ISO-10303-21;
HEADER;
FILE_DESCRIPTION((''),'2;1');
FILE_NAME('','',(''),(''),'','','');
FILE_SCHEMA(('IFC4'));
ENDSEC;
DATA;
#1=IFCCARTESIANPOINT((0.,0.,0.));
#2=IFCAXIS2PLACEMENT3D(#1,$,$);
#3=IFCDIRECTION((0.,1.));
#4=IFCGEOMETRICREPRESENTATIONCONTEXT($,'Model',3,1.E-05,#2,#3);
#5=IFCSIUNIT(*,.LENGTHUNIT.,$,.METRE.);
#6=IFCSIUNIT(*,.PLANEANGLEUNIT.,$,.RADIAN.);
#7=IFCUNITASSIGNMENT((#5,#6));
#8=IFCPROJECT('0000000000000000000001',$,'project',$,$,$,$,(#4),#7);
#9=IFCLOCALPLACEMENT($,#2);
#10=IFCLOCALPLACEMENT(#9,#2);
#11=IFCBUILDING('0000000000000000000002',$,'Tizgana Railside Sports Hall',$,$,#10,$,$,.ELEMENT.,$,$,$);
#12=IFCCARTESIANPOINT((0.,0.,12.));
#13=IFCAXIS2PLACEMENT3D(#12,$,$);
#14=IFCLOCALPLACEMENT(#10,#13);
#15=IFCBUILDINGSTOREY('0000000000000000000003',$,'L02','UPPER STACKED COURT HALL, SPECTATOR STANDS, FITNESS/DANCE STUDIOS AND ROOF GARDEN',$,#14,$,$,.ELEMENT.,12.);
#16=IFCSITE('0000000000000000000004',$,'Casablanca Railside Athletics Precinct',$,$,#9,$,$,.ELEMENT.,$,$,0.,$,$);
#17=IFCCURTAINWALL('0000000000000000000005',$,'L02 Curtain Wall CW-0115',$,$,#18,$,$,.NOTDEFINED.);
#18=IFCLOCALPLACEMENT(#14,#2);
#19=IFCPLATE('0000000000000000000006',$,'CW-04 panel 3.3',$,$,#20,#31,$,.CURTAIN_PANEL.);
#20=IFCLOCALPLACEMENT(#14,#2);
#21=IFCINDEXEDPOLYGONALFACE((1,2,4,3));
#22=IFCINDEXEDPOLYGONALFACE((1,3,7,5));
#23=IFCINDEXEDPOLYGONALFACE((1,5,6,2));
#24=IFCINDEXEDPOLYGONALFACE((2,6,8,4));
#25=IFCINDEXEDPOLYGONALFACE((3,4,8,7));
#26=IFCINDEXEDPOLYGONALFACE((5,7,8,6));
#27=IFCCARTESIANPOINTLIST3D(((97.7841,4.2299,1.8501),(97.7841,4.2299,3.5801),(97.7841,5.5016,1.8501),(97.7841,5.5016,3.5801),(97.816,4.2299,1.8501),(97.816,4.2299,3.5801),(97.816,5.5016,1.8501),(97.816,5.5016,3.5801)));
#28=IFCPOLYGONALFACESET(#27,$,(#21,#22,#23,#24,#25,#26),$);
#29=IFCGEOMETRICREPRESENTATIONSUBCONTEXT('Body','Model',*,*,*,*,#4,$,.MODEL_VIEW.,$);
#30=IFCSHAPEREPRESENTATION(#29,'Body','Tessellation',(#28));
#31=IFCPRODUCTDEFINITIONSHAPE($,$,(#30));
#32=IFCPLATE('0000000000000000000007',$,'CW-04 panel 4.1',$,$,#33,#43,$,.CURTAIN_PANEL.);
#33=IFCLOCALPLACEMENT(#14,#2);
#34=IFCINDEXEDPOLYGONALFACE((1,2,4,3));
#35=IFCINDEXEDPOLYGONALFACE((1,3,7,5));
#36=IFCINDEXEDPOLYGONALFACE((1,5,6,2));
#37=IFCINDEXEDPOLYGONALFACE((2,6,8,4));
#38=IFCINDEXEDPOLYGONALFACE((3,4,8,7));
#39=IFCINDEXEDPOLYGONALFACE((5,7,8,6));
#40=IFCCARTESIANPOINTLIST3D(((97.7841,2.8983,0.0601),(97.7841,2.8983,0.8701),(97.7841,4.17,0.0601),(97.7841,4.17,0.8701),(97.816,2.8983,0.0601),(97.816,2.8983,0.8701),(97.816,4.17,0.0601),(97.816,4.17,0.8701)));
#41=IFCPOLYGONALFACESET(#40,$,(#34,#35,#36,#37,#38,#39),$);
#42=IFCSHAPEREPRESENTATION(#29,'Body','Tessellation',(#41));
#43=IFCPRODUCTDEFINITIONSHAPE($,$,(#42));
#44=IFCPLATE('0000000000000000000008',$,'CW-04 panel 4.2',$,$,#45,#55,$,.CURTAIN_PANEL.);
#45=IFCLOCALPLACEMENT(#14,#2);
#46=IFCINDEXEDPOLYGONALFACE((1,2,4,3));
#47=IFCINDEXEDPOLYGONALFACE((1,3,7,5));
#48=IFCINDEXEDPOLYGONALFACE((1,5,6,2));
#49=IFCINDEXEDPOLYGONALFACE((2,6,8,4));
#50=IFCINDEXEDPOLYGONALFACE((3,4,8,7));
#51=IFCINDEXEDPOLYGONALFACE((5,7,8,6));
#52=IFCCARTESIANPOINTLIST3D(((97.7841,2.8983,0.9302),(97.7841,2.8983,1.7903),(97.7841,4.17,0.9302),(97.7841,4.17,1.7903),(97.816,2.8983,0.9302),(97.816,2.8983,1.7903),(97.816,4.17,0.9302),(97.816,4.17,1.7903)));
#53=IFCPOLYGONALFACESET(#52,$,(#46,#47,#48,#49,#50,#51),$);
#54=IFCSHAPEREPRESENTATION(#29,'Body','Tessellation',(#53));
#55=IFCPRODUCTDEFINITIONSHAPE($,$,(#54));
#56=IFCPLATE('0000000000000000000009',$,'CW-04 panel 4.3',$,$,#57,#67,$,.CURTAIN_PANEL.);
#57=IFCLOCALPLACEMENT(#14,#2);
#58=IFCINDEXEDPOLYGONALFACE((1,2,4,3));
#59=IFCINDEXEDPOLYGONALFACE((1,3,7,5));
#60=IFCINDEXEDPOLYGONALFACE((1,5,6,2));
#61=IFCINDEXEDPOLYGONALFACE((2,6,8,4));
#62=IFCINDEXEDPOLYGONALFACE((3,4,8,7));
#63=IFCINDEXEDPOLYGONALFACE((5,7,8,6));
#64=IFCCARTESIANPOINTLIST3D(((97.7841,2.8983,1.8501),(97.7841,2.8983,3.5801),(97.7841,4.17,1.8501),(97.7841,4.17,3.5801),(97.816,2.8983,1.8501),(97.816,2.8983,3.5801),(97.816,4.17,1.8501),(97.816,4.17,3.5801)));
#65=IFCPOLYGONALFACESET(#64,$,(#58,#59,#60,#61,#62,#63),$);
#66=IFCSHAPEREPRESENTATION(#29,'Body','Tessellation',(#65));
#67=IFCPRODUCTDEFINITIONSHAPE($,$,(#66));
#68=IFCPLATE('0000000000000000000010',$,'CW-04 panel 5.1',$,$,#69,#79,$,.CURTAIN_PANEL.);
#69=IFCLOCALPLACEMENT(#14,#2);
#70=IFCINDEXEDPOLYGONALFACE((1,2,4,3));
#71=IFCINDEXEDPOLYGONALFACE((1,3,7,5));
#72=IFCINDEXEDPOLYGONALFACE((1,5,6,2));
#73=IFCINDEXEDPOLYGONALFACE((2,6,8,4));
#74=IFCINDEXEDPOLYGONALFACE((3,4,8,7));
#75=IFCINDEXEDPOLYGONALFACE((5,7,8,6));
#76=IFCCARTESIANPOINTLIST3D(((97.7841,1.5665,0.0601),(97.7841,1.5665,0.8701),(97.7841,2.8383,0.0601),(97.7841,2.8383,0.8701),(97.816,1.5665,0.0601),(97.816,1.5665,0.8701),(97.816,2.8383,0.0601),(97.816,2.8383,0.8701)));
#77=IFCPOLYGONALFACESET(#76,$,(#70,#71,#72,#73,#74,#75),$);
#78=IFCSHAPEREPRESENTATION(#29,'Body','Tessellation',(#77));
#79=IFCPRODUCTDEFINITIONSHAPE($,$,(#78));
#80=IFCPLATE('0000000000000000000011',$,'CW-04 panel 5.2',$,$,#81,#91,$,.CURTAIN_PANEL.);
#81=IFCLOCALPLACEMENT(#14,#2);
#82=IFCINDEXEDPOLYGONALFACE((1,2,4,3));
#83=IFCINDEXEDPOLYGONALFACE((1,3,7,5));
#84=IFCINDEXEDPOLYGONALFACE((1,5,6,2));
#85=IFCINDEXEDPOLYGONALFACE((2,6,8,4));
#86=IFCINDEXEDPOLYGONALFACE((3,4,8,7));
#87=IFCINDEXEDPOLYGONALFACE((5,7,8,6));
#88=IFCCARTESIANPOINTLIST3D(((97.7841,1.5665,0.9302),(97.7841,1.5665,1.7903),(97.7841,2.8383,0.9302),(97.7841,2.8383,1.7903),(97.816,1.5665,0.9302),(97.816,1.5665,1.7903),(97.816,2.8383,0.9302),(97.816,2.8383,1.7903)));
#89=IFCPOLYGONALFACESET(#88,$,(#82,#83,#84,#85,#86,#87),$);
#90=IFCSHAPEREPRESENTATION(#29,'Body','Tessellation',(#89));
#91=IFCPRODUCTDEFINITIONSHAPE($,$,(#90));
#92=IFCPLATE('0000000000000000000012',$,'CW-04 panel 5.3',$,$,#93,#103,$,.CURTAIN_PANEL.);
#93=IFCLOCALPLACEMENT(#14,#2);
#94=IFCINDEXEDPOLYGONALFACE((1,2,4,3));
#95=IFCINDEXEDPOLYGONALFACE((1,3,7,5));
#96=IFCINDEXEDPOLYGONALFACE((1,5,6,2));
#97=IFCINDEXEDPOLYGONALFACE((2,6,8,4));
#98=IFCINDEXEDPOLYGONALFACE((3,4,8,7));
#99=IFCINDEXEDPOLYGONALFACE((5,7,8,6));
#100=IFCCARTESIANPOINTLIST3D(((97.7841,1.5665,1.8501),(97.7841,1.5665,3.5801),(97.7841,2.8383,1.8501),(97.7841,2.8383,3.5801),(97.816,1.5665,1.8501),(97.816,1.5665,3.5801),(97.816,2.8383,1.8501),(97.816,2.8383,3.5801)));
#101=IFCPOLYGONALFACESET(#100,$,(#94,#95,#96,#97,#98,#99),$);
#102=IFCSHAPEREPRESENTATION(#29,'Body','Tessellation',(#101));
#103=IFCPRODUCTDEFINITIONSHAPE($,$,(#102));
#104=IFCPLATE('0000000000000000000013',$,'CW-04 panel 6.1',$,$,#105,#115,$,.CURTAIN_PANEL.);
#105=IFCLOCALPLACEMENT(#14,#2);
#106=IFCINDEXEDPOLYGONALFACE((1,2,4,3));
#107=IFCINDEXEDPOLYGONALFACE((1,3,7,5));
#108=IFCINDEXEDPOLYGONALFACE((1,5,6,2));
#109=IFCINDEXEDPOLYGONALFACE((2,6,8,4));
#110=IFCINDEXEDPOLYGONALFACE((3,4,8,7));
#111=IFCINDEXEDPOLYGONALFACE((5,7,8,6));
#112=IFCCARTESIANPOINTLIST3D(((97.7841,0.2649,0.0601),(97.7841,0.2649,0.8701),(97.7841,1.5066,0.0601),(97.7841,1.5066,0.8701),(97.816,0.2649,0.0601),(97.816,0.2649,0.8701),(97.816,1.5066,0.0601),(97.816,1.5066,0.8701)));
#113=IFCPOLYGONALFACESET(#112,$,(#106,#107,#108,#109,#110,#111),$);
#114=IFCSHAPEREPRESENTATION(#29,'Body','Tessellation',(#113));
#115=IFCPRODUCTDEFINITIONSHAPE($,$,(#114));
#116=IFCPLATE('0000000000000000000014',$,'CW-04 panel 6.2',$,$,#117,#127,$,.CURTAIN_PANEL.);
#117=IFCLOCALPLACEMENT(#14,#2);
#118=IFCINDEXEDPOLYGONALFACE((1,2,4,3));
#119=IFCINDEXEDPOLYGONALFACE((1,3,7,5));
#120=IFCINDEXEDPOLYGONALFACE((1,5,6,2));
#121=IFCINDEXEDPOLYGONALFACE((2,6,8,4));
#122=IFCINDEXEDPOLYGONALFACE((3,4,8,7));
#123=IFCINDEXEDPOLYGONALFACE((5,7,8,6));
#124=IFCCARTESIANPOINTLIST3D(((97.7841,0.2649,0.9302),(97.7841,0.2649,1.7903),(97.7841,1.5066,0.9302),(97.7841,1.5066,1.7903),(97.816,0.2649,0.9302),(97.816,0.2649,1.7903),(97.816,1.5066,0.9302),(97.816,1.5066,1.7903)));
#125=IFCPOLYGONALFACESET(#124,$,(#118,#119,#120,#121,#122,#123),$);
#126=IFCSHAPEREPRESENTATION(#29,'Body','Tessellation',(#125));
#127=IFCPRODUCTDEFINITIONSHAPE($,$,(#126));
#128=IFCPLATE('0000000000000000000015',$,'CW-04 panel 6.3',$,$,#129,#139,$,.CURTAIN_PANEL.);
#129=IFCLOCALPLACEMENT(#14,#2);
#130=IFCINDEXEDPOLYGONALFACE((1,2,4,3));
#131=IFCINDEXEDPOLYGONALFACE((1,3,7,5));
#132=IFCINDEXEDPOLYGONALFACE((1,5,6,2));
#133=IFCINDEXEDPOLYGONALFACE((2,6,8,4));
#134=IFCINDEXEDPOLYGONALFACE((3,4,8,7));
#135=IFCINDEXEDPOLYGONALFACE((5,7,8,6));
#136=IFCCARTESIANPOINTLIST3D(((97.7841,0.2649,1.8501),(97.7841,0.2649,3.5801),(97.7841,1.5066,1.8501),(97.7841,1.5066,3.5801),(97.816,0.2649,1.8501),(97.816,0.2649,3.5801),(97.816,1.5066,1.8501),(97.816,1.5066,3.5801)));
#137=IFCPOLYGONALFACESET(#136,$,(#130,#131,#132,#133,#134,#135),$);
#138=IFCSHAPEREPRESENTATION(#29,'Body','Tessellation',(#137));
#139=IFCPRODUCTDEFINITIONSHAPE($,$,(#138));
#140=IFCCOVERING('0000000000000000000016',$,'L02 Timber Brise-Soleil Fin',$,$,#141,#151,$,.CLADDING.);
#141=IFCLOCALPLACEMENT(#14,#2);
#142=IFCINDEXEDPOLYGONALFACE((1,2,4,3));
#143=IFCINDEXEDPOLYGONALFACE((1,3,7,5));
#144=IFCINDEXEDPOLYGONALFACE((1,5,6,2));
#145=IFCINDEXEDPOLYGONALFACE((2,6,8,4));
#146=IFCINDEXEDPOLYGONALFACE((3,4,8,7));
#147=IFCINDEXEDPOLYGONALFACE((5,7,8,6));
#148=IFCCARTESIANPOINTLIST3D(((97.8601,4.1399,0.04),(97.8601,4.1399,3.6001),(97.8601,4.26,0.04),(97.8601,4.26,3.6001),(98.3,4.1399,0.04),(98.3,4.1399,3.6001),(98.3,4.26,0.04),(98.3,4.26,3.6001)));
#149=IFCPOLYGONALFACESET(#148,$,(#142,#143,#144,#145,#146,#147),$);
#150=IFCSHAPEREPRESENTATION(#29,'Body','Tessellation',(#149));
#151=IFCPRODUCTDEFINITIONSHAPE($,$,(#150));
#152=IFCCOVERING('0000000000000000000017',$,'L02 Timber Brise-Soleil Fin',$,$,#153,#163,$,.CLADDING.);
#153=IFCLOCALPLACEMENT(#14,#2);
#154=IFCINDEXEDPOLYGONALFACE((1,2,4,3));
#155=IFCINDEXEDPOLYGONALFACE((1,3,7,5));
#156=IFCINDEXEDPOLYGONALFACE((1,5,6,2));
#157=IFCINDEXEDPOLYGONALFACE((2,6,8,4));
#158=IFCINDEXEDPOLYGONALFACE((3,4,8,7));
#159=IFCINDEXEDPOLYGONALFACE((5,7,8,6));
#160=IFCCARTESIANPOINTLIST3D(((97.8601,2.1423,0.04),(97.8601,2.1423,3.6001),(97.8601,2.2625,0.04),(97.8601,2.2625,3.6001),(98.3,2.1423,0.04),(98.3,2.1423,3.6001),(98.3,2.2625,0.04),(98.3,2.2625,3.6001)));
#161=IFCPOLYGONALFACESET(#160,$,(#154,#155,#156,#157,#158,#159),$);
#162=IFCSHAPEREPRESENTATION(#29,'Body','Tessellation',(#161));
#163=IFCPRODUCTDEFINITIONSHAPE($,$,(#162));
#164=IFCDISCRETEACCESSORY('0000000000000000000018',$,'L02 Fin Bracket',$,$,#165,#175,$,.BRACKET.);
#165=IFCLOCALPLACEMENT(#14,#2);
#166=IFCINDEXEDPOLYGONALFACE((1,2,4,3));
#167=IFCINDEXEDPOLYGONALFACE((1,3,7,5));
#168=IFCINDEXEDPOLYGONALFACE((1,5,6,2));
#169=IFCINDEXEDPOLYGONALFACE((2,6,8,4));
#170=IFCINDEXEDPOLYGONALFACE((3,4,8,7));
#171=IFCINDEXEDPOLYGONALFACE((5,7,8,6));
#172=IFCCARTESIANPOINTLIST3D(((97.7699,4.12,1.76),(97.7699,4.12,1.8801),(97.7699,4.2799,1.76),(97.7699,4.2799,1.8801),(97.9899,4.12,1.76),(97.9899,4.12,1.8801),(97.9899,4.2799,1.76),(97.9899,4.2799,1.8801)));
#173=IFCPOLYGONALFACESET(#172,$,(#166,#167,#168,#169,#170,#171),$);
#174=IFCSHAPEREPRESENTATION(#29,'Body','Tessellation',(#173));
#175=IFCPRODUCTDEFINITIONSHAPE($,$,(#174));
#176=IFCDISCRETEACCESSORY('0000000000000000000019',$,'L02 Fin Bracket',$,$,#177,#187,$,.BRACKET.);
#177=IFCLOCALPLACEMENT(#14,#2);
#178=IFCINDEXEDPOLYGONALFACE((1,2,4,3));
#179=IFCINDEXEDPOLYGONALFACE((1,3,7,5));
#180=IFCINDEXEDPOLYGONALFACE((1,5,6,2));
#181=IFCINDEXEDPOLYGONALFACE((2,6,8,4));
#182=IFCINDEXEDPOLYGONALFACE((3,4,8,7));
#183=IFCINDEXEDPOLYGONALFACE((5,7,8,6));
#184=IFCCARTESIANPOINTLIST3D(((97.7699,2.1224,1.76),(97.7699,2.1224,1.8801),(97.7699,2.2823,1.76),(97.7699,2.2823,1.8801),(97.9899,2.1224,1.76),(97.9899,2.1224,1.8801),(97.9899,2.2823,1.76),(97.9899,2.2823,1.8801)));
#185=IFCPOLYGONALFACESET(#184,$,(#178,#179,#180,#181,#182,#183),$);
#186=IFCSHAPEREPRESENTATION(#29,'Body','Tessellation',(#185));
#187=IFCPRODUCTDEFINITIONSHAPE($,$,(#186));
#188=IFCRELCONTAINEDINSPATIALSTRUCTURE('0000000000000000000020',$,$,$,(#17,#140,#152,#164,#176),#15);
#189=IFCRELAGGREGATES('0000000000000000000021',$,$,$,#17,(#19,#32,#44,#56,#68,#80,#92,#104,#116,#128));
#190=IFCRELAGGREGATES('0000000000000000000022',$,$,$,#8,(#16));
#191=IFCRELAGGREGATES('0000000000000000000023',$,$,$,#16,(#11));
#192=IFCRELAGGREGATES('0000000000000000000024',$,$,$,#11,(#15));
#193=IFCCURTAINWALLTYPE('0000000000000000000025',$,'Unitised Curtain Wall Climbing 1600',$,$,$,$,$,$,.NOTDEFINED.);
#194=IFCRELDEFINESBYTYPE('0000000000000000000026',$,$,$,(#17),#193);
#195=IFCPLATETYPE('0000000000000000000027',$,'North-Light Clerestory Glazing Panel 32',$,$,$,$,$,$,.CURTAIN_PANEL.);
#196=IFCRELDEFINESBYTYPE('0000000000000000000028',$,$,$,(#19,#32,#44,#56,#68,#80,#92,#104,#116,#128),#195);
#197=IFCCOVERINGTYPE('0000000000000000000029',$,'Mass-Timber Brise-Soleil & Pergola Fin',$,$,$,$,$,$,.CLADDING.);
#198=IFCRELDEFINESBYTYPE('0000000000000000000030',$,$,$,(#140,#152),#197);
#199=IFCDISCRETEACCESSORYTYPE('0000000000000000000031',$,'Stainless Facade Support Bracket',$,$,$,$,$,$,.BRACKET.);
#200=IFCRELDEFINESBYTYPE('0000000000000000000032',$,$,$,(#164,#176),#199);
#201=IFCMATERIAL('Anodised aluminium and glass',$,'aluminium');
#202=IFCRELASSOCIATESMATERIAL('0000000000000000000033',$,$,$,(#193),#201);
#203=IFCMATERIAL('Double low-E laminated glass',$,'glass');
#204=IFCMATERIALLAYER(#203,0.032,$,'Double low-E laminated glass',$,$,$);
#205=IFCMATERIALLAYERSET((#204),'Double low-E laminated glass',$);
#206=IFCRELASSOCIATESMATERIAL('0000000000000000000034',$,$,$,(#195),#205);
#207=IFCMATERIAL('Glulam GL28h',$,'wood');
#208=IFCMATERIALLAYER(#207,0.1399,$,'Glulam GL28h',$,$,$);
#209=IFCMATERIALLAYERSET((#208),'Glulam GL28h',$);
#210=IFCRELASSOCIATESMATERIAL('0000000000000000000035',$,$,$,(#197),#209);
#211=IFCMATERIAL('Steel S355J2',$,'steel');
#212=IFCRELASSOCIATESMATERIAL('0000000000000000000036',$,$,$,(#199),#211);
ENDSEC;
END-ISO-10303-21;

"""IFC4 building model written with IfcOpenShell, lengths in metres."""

from ifc_helpers import new_model, si_unit, direction, frame, origin, origin_2d, place, context, subcontext, project, spatial, rectangle, extrude, material, layer, layer_set, type_object, element, aggregate, save


model = new_model("IFC4")

# Units and contexts
model_context = context("Model", 3, precision=1e-05, world=origin(), true_north=direction((0.0, 1.0)))
body_context = subcontext(model_context, "Body", "Model", "MODEL_VIEW")
ifc_project = project(units=[si_unit("LENGTHUNIT", "METRE"), si_unit("PLANEANGLEUNIT", "RADIAN")], contexts=[model_context])

# Site, building, storey
site_placement = place(None, origin())
site = spatial("IfcSite", under=ifc_project, at=site_placement, Name="Casablanca Railside Athletics Precinct", CompositionType="ELEMENT", RefElevation=0.0)
building_placement = place(site_placement, origin())
building = spatial("IfcBuilding", under=site, at=building_placement, Name="Tizgana Railside Sports Hall", CompositionType="ELEMENT")
storey_placement = place(building_placement, frame((0.0, 0.0, 12.0)))
storey = spatial("IfcBuildingStorey", under=building, at=storey_placement, Name="L02", Description="UPPER STACKED COURT HALL, SPECTATOR STANDS, FITNESS/DANCE STUDIOS AND ROOF GARDEN", CompositionType="ELEMENT", Elevation=12.0)

# Shared definitions
ifc_material_1 = material(Name="Steel S355J2", Category="steel")

# Curtain wall
ifc_material_2 = material(Name="Anodised aluminium and glass", Category="aluminium")
curtain_wall_type_1 = type_object("IfcCurtainWallType", Name="Unitised Curtain Wall Climbing 1600", PredefinedType="NOTDEFINED", material=ifc_material_2)
curtain_wall_1_placement = place(storey_placement, origin())
curtain_wall_1 = element("IfcCurtainWall", 1, at=curtain_wall_1_placement, inside=storey, type_object=curtain_wall_type_1, Name="L02 Curtain Wall CW-0115", PredefinedType="NOTDEFINED")

# Plates
ifc_material_3 = material(Name="Double low-E laminated glass", Category="glass")
ifc_layer_1 = layer(ifc_material_3, 0.032, Name="Double low-E laminated glass")
ifc_layer_set_1 = layer_set([ifc_layer_1], Name="Double low-E laminated glass")
plate_type = type_object("IfcPlateType", Name="North-Light Clerestory Glazing Panel 32", PredefinedType="CURTAIN_PANEL", material=ifc_layer_set_1)
plate_1_placement = place(storey_placement, frame((97.8, 4.8657, 1.8501), z_axis=(0.0, 0.0, 1.0), x_axis=(0.0, -1.0, 0.0)))
plate_1 = element("IfcPlate", 2, at=plate_1_placement, type_object=plate_type, Name="CW-04 panel 3.3", PredefinedType="CURTAIN_PANEL", context=body_context, shape_type="SweptSolid", body=[
    extrude(rectangle(XDim=1.2717, YDim=0.032, at=origin_2d()), origin(), (0.0, 0.0, 1.0), 1.73),
])
plate_2_placement = place(storey_placement, frame((97.8, 3.5342, 0.0601), z_axis=(0.0, 0.0, 1.0), x_axis=(0.0, -1.0, 0.0)))
plate_2 = element("IfcPlate", 3, at=plate_2_placement, type_object=plate_type, Name="CW-04 panel 4.1", PredefinedType="CURTAIN_PANEL", context=body_context, shape_type="SweptSolid", body=[
    extrude(rectangle(XDim=1.2717, YDim=0.032, at=origin_2d()), origin(), (0.0, 0.0, 1.0), 0.8101),
])
plate_3_placement = place(storey_placement, frame((97.8, 3.5342, 0.9302), z_axis=(0.0, 0.0, 1.0), x_axis=(0.0, -1.0, 0.0)))
plate_3 = element("IfcPlate", 4, at=plate_3_placement, type_object=plate_type, Name="CW-04 panel 4.2", PredefinedType="CURTAIN_PANEL", context=body_context, shape_type="SweptSolid", body=[
    extrude(rectangle(XDim=1.2717, YDim=0.032, at=origin_2d()), origin(), (0.0, 0.0, 1.0), 0.8601),
])
plate_4_placement = place(storey_placement, frame((97.8, 3.5342, 1.8501), z_axis=(0.0, 0.0, 1.0), x_axis=(0.0, -1.0, 0.0)))
plate_4 = element("IfcPlate", 5, at=plate_4_placement, type_object=plate_type, Name="CW-04 panel 4.3", PredefinedType="CURTAIN_PANEL", context=body_context, shape_type="SweptSolid", body=[
    extrude(rectangle(XDim=1.2717, YDim=0.032, at=origin_2d()), origin(), (0.0, 0.0, 1.0), 1.73),
])
plate_5_placement = place(storey_placement, frame((97.8, 2.2024, 0.0601), z_axis=(0.0, 0.0, 1.0), x_axis=(0.0, -1.0, 0.0)))
plate_5 = element("IfcPlate", 6, at=plate_5_placement, type_object=plate_type, Name="CW-04 panel 5.1", PredefinedType="CURTAIN_PANEL", context=body_context, shape_type="SweptSolid", body=[
    extrude(rectangle(XDim=1.2717, YDim=0.032, at=origin_2d()), origin(), (0.0, 0.0, 1.0), 0.8101),
])
plate_6_placement = place(storey_placement, frame((97.8, 2.2024, 0.9302), z_axis=(0.0, 0.0, 1.0), x_axis=(0.0, -1.0, 0.0)))
plate_6 = element("IfcPlate", 7, at=plate_6_placement, type_object=plate_type, Name="CW-04 panel 5.2", PredefinedType="CURTAIN_PANEL", context=body_context, shape_type="SweptSolid", body=[
    extrude(rectangle(XDim=1.2717, YDim=0.032, at=origin_2d()), origin(), (0.0, 0.0, 1.0), 0.8601),
])
plate_7_placement = place(storey_placement, frame((97.8, 2.2024, 1.8501), z_axis=(0.0, 0.0, 1.0), x_axis=(0.0, -1.0, 0.0)))
plate_7 = element("IfcPlate", 8, at=plate_7_placement, type_object=plate_type, Name="CW-04 panel 5.3", PredefinedType="CURTAIN_PANEL", context=body_context, shape_type="SweptSolid", body=[
    extrude(rectangle(XDim=1.2717, YDim=0.032, at=origin_2d()), origin(), (0.0, 0.0, 1.0), 1.73),
])
plate_8_placement = place(storey_placement, frame((97.8, 0.8857, 0.0601), z_axis=(0.0, 0.0, 1.0), x_axis=(0.0, -1.0, 0.0)))
plate_8 = element("IfcPlate", 9, at=plate_8_placement, type_object=plate_type, Name="CW-04 panel 6.1", PredefinedType="CURTAIN_PANEL", context=body_context, shape_type="SweptSolid", body=[
    extrude(rectangle(XDim=1.2417, YDim=0.032, at=origin_2d()), origin(), (0.0, 0.0, 1.0), 0.8101),
])
plate_9_placement = place(storey_placement, frame((97.8, 0.8857, 0.9302), z_axis=(0.0, 0.0, 1.0), x_axis=(0.0, -1.0, 0.0)))
plate_9 = element("IfcPlate", 10, at=plate_9_placement, type_object=plate_type, Name="CW-04 panel 6.2", PredefinedType="CURTAIN_PANEL", context=body_context, shape_type="SweptSolid", body=[
    extrude(rectangle(XDim=1.2417, YDim=0.032, at=origin_2d()), origin(), (0.0, 0.0, 1.0), 0.8601),
])
plate_10_placement = place(storey_placement, frame((97.8, 0.8857, 1.8501), z_axis=(0.0, 0.0, 1.0), x_axis=(0.0, -1.0, 0.0)))
plate_10 = element("IfcPlate", 11, at=plate_10_placement, type_object=plate_type, Name="CW-04 panel 6.3", PredefinedType="CURTAIN_PANEL", context=body_context, shape_type="SweptSolid", body=[
    extrude(rectangle(XDim=1.2417, YDim=0.032, at=origin_2d()), origin(), (0.0, 0.0, 1.0), 1.73),
])
aggregate(curtain_wall_1, [plate_1, plate_2, plate_3, plate_4, plate_5, plate_6, plate_7, plate_8, plate_9, plate_10])

# Coverings
ifc_material_4 = material(Name="Glulam GL28h", Category="wood")
ifc_layer_2 = layer(ifc_material_4, 0.1399, Name="Glulam GL28h")
ifc_layer_set_2 = layer_set([ifc_layer_2], Name="Glulam GL28h")
covering_type = type_object("IfcCoveringType", Name="Mass-Timber Brise-Soleil & Pergola Fin", PredefinedType="CLADDING", material=ifc_layer_set_2)
for number, where, z_axis, x_axis, name in (
    (12, (98.0801, 4.2, 0.04), (0.0, 0.0, 1.0), (0.0, -1.0, 0.0), "L02 Timber Brise-Soleil Fin"),
    (13, (98.0801, 2.2024, 0.04), (0.0, 0.0, 1.0), (0.0, -1.0, 0.0), "L02 Timber Brise-Soleil Fin"),
):
    element("IfcCovering", number, at=place(storey_placement, frame(where, z_axis=z_axis, x_axis=x_axis)), inside=storey, type_object=covering_type, Name=name, PredefinedType="CLADDING", context=body_context, shape_type="SweptSolid", body=[
        extrude(rectangle(XDim=0.1201, YDim=0.4399, at=origin_2d()), origin(), (0.0, 0.0, 1.0), 3.5601),
    ])

# Discrete accessories
discrete_accessory_type = type_object("IfcDiscreteAccessoryType", Name="Stainless Facade Support Bracket", PredefinedType="BRACKET", material=ifc_material_1)
for number, where, z_axis, x_axis, name in (
    (14, (97.8799, 4.2, 1.76), (0.0, 0.0, 1.0), (0.0, -1.0, 0.0), "L02 Fin Bracket"),
    (15, (97.8799, 2.2024, 1.76), (0.0, 0.0, 1.0), (0.0, -1.0, 0.0), "L02 Fin Bracket"),
):
    element("IfcDiscreteAccessory", number, at=place(storey_placement, frame(where, z_axis=z_axis, x_axis=x_axis)), inside=storey, type_object=discrete_accessory_type, Name=name, PredefinedType="BRACKET", context=body_context, shape_type="SweptSolid", body=[
        extrude(rectangle(XDim=0.1599, YDim=0.22, at=origin_2d()), origin(), (0.0, 0.0, 1.0), 0.1201),
    ])

save(model, "model.ifc")
